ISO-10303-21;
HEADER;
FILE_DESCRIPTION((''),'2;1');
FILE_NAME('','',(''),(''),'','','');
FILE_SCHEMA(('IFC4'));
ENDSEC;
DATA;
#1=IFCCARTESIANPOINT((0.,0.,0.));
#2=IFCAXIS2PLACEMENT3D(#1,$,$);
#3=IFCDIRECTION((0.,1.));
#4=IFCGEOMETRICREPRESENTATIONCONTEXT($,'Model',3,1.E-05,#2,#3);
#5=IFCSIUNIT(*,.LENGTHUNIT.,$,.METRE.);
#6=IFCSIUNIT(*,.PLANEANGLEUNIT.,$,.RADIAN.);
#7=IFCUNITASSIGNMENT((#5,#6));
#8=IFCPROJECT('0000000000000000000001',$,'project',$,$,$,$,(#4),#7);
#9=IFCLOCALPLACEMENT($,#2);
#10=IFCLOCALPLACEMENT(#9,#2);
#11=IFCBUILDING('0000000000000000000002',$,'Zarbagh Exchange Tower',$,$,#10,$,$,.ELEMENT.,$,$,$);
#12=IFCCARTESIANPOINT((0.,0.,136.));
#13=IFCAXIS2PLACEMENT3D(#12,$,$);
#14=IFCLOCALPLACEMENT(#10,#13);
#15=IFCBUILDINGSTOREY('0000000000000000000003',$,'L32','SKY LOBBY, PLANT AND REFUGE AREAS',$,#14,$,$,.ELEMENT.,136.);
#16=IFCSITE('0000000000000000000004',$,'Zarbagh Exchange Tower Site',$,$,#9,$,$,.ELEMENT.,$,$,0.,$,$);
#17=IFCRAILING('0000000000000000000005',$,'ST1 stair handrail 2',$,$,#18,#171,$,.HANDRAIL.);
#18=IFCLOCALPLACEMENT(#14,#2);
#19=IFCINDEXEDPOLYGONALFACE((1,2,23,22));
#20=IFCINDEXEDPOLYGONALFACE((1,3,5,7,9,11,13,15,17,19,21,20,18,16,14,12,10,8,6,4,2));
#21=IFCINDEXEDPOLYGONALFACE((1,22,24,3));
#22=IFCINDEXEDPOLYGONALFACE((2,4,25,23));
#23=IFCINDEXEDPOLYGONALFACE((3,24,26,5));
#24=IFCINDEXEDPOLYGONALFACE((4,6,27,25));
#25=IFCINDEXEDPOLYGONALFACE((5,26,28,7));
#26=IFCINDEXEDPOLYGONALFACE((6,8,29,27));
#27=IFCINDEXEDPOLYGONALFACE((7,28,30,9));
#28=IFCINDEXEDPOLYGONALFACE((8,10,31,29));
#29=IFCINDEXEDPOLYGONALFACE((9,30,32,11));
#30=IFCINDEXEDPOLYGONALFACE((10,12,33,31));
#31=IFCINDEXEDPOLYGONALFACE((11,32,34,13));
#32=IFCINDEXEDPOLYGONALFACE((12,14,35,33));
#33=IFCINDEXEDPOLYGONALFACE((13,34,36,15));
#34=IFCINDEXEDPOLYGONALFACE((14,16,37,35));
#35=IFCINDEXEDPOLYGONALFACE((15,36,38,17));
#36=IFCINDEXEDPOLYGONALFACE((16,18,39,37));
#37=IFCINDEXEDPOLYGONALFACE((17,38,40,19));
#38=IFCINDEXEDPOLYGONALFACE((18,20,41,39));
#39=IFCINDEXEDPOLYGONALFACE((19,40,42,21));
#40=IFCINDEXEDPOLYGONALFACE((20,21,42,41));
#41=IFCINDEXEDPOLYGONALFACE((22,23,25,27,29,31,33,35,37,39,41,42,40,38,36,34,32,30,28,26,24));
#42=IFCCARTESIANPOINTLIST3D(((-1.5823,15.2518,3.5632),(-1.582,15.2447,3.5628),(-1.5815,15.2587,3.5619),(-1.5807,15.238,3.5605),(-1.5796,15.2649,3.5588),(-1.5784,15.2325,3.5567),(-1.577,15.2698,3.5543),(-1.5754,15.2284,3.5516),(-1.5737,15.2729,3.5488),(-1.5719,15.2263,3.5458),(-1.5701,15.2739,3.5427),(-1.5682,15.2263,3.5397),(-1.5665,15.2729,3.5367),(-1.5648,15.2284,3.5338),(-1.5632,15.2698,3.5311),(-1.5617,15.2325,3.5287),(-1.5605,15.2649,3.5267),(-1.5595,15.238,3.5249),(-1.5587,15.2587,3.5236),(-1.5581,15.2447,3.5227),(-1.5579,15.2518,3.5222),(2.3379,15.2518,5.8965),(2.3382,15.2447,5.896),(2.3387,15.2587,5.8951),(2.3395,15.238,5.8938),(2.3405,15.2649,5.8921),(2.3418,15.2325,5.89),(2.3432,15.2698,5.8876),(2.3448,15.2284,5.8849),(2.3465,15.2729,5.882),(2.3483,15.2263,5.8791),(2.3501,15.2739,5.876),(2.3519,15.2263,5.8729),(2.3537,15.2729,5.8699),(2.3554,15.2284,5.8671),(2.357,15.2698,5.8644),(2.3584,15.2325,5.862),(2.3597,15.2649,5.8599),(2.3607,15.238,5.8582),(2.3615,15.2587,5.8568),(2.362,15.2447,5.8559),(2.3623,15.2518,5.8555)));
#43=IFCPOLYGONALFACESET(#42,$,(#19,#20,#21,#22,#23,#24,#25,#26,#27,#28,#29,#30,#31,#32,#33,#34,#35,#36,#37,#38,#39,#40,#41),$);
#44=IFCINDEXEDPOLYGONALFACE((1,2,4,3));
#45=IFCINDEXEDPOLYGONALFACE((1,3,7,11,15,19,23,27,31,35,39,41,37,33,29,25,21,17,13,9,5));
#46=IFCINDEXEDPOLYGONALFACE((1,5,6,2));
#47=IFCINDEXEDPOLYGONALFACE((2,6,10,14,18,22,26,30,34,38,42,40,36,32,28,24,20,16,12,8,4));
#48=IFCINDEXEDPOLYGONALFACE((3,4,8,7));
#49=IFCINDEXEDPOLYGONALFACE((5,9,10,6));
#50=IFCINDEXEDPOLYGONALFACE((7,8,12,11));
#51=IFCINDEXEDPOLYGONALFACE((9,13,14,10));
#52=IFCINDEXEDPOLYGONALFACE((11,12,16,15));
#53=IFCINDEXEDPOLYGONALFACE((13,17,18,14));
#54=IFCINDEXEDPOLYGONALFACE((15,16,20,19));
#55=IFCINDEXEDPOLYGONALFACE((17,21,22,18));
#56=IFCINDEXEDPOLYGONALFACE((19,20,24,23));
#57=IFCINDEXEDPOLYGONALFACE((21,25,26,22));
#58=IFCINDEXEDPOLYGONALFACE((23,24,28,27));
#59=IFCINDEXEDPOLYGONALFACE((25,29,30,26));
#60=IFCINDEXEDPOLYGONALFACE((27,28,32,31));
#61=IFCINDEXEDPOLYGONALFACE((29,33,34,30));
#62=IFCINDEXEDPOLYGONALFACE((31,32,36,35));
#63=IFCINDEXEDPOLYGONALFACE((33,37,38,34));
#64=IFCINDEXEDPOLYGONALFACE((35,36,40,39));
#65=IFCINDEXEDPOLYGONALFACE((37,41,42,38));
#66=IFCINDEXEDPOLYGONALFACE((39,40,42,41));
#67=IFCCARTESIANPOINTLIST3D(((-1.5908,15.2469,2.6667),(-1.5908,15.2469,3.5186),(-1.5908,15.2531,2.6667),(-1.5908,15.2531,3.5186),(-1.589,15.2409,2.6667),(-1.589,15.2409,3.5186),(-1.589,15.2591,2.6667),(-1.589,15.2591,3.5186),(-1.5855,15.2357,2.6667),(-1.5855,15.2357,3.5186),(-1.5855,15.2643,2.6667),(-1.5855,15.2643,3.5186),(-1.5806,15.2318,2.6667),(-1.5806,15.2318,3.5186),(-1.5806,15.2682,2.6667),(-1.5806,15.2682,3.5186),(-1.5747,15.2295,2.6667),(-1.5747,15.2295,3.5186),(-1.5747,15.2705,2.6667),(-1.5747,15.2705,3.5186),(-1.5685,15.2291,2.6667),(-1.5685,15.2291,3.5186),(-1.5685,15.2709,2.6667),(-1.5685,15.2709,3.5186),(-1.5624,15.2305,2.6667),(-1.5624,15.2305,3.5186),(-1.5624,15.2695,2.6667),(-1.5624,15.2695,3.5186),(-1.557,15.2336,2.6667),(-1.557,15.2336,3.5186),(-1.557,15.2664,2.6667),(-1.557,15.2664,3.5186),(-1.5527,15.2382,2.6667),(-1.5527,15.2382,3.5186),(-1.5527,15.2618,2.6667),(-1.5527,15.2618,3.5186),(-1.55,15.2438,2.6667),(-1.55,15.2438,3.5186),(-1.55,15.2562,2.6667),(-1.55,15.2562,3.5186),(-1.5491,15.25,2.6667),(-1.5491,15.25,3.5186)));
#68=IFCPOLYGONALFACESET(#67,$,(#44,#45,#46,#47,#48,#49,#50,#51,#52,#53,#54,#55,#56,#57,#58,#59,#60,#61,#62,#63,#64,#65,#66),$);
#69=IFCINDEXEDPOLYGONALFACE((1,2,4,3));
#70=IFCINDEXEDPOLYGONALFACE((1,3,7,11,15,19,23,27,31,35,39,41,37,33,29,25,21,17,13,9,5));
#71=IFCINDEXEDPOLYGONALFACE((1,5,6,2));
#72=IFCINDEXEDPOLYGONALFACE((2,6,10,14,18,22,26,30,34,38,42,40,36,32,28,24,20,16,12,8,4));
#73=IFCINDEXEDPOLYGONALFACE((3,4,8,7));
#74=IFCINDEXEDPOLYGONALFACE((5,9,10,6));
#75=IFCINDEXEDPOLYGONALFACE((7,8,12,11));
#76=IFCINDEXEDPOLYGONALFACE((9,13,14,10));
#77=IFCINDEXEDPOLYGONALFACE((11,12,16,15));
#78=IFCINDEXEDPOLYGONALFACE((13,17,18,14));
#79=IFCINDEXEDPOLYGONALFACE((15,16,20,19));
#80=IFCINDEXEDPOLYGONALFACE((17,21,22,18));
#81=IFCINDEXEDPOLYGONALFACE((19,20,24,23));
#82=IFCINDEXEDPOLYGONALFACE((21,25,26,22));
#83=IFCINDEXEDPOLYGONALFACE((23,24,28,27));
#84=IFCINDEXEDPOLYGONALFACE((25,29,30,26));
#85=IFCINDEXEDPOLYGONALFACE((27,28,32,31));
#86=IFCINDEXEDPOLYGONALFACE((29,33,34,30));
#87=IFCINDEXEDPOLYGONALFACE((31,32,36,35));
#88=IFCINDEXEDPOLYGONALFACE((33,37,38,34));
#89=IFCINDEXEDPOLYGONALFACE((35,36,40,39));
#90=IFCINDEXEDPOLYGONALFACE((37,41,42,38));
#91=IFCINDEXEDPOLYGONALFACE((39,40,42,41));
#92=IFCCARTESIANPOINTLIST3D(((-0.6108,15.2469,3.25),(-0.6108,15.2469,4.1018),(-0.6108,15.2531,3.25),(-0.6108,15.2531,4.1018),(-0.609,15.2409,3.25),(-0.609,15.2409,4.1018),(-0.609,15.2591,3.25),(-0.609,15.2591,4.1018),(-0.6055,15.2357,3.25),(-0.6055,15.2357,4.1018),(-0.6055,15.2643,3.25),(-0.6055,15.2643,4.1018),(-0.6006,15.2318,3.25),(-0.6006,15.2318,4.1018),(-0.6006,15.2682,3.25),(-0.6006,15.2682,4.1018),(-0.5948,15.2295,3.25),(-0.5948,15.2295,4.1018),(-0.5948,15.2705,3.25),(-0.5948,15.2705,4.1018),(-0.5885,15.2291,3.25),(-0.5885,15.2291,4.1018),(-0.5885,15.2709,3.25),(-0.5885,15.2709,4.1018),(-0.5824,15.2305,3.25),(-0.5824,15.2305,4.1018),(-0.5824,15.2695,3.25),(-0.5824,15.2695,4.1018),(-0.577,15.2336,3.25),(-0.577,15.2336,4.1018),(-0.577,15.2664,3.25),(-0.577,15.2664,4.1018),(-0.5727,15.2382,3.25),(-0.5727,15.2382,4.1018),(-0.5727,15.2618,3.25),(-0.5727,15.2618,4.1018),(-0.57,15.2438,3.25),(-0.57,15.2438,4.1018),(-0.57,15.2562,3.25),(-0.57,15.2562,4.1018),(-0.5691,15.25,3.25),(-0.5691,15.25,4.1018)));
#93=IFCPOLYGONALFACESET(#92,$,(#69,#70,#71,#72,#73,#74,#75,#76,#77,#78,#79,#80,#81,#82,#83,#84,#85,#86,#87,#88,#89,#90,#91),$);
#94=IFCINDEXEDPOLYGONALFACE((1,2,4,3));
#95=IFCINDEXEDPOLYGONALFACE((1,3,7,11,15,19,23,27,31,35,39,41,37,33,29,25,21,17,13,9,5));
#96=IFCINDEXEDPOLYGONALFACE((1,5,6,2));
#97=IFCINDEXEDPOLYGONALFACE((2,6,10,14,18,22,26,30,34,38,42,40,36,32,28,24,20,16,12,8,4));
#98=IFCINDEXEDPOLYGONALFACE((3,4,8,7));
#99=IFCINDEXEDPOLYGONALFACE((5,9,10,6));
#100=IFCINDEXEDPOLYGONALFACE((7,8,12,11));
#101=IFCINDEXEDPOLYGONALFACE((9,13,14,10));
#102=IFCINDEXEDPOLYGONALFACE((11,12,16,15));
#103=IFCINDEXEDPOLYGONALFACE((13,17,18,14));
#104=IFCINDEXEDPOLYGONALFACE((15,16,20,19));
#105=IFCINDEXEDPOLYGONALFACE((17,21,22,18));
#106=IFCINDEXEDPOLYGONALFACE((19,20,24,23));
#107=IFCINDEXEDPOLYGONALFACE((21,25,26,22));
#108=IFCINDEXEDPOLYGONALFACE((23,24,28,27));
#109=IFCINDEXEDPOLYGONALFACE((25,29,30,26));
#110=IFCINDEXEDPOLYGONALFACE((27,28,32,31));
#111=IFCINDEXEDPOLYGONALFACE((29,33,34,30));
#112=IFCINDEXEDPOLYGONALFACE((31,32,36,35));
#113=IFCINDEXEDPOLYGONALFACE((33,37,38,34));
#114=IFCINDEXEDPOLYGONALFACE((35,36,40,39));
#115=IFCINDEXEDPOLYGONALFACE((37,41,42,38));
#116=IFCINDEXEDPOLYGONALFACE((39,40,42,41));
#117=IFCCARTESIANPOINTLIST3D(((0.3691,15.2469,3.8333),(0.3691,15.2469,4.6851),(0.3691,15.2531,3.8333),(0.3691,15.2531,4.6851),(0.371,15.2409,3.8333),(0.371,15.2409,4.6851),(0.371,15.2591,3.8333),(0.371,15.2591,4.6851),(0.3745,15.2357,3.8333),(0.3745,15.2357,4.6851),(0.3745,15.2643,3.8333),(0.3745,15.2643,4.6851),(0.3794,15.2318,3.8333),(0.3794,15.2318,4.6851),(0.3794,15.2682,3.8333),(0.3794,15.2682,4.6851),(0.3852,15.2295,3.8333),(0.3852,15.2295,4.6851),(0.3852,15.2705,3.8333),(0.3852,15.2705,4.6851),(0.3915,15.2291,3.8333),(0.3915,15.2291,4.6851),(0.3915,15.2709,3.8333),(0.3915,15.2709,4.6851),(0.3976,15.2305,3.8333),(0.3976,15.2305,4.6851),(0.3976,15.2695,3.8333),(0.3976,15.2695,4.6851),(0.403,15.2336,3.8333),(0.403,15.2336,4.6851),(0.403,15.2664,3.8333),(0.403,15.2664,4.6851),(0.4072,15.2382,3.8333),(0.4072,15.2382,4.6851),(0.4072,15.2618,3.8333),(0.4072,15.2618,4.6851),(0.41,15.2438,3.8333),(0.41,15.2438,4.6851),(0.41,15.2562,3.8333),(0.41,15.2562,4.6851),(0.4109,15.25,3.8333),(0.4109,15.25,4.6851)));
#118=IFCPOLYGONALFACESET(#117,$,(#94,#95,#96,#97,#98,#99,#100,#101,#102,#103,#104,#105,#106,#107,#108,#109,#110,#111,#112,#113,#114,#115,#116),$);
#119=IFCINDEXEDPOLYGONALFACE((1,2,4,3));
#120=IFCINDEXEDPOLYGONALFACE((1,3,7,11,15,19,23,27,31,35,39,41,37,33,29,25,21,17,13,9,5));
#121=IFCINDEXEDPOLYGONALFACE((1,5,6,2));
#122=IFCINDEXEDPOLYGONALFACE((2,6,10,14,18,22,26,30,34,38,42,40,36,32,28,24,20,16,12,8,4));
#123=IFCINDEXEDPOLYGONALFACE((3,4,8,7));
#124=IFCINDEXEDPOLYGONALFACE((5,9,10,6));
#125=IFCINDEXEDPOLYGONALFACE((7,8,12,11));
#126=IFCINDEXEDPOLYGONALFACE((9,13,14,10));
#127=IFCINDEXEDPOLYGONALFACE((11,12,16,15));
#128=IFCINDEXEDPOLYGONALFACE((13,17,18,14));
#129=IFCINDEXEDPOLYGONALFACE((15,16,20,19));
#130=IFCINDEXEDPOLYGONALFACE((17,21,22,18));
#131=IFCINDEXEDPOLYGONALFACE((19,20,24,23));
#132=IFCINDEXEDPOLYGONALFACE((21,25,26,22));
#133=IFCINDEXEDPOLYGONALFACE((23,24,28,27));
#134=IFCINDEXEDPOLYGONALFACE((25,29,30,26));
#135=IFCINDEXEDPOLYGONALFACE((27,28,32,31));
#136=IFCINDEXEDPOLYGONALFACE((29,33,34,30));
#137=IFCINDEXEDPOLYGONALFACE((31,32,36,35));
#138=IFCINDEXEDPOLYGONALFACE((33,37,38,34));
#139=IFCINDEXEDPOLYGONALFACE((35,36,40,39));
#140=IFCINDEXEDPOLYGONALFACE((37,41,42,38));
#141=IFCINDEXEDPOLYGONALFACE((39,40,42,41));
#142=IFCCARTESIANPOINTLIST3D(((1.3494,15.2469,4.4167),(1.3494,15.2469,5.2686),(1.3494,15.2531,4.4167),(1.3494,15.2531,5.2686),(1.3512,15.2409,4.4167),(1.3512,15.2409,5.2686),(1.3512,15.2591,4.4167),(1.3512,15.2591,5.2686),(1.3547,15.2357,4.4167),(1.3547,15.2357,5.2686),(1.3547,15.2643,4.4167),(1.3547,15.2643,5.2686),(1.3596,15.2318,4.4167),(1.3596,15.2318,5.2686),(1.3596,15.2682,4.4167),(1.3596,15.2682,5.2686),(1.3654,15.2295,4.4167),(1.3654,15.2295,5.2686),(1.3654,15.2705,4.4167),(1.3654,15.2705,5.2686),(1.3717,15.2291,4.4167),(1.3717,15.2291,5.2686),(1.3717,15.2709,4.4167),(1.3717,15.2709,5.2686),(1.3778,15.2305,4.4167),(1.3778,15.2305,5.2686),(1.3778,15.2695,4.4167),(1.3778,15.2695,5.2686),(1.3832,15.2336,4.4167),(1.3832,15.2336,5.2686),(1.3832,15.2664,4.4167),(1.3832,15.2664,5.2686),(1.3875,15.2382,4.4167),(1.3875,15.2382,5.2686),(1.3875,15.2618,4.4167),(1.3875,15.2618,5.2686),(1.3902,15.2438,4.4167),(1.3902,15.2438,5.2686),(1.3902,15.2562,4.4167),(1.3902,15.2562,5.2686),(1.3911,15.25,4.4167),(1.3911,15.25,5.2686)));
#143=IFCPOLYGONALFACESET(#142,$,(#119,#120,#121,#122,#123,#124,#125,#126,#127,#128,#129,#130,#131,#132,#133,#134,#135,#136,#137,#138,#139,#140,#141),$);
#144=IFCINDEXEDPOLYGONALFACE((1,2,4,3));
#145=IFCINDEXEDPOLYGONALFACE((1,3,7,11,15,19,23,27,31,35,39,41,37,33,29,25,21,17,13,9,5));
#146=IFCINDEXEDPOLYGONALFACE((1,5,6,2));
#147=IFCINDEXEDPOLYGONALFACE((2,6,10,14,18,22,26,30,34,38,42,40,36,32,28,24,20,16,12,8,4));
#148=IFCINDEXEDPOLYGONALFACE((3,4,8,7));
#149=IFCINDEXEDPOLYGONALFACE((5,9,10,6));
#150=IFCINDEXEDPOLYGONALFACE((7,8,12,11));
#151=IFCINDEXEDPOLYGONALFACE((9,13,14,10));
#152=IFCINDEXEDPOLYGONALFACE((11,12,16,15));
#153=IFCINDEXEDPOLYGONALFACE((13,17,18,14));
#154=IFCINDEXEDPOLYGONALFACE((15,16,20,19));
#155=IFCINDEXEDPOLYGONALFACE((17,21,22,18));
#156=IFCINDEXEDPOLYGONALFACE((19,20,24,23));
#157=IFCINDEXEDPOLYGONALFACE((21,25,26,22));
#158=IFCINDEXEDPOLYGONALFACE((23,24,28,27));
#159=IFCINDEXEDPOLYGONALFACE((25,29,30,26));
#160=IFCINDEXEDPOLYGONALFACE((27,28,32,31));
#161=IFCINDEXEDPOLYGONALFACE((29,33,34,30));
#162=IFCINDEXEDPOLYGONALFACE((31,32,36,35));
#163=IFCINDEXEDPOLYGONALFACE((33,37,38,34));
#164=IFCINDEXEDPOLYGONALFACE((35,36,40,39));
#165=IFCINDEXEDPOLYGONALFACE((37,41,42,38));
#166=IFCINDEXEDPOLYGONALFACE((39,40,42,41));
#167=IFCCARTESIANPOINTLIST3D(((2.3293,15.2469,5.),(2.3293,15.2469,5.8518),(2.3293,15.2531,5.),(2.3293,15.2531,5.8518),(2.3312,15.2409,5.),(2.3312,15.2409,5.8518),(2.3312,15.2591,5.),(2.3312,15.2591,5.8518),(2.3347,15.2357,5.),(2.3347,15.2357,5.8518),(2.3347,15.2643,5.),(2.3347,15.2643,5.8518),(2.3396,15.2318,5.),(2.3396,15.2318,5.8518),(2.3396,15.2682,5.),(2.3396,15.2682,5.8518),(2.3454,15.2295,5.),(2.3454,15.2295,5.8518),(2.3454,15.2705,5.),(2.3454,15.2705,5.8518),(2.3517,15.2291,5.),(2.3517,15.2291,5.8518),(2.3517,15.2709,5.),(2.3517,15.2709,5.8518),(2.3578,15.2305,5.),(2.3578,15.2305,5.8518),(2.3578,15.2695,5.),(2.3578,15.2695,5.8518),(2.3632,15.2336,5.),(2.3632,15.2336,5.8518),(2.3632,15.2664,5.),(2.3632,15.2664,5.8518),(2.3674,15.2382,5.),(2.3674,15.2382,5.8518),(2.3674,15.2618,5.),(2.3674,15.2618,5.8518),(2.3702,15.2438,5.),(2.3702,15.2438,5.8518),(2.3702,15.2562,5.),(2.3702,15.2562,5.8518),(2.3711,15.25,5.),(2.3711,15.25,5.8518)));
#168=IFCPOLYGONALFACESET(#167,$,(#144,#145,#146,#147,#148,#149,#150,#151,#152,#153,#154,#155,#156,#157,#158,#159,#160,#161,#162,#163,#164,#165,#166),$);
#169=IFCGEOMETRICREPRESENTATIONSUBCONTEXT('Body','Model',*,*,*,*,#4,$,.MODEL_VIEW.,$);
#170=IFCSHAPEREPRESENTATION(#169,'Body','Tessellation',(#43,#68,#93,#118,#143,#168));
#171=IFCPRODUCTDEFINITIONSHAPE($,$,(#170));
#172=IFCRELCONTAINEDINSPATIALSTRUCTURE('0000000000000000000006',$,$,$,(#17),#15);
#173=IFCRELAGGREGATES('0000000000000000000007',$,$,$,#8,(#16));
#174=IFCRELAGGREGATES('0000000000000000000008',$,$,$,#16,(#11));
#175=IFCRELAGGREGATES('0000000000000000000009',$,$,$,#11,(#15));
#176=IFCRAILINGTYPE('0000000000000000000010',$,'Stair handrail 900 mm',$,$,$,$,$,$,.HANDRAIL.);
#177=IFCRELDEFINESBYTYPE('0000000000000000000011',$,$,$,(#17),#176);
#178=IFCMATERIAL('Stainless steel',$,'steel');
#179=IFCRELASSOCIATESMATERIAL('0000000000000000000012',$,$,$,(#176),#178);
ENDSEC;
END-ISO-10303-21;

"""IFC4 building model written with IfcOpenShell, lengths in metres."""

from ifc_helpers import new_model, si_unit, direction, frame, origin, origin_2d, place, context, subcontext, project, spatial, circle, extrude, material, type_object, element, save


model = new_model("IFC4")

# Units and contexts
model_context = context("Model", 3, precision=1e-05, world=origin(), true_north=direction((0.0, 1.0)))
body_context = subcontext(model_context, "Body", "Model", "MODEL_VIEW")
ifc_project = project(units=[si_unit("LENGTHUNIT", "METRE"), si_unit("PLANEANGLEUNIT", "RADIAN")], contexts=[model_context])

# Site, building, storey
site_placement = place(None, origin())
site = spatial("IfcSite", under=ifc_project, at=site_placement, Name="Zarbagh Exchange Tower Site", CompositionType="ELEMENT", RefElevation=0.0)
building_placement = place(site_placement, origin())
building = spatial("IfcBuilding", under=site, at=building_placement, Name="Zarbagh Exchange Tower", CompositionType="ELEMENT")
storey_placement = place(building_placement, frame((0.0, 0.0, 136.0)))
storey = spatial("IfcBuildingStorey", under=building, at=storey_placement, Name="L32", Description="SKY LOBBY, PLANT AND REFUGE AREAS", CompositionType="ELEMENT", Elevation=136.0)

# Shared definitions
ifc_material_1 = material(Name="Stainless steel", Category="steel")

# Railing
railing_type_1 = type_object("IfcRailingType", Name="Stair handrail 900 mm", PredefinedType="HANDRAIL", material=ifc_material_1)
for number, where, name in (
    (1, (-1.5701, 15.25, 2.6667), "ST1 stair handrail 2"),
):
    element("IfcRailing", number, at=place(storey_placement, frame(where)), inside=storey, type_object=railing_type_1, Name=name, PredefinedType="HANDRAIL", context=body_context, shape_type="SweptSolid", body=[
        extrude(circle(Radius=0.0239, at=origin_2d()), frame((0.0, 0.0, 0.876), z_axis=(0.85931, 0.0, 0.511455), x_axis=(0.0, 1.0, 0.0)), (0.0, 0.0, 1.0), 4.562),
        extrude(circle(Radius=0.021, at=origin_2d()), origin(), (0.0, 0.0, 1.0), 0.8518),
        extrude(circle(Radius=0.021, at=origin_2d()), frame((0.98, 0.0, 0.5833)), (0.0, 0.0, 1.0), 0.8518),
        extrude(circle(Radius=0.021, at=origin_2d()), frame((1.96, 0.0, 1.1665)), (0.0, 0.0, 1.0), 0.8518),
        extrude(circle(Radius=0.021, at=origin_2d()), frame((2.9402, 0.0, 1.75)), (0.0, 0.0, 1.0), 0.8518),
        extrude(circle(Radius=0.021, at=origin_2d()), frame((3.9202, 0.0, 2.3333)), (0.0, 0.0, 1.0), 0.8518),
    ])

save(model, "model.ifc")
